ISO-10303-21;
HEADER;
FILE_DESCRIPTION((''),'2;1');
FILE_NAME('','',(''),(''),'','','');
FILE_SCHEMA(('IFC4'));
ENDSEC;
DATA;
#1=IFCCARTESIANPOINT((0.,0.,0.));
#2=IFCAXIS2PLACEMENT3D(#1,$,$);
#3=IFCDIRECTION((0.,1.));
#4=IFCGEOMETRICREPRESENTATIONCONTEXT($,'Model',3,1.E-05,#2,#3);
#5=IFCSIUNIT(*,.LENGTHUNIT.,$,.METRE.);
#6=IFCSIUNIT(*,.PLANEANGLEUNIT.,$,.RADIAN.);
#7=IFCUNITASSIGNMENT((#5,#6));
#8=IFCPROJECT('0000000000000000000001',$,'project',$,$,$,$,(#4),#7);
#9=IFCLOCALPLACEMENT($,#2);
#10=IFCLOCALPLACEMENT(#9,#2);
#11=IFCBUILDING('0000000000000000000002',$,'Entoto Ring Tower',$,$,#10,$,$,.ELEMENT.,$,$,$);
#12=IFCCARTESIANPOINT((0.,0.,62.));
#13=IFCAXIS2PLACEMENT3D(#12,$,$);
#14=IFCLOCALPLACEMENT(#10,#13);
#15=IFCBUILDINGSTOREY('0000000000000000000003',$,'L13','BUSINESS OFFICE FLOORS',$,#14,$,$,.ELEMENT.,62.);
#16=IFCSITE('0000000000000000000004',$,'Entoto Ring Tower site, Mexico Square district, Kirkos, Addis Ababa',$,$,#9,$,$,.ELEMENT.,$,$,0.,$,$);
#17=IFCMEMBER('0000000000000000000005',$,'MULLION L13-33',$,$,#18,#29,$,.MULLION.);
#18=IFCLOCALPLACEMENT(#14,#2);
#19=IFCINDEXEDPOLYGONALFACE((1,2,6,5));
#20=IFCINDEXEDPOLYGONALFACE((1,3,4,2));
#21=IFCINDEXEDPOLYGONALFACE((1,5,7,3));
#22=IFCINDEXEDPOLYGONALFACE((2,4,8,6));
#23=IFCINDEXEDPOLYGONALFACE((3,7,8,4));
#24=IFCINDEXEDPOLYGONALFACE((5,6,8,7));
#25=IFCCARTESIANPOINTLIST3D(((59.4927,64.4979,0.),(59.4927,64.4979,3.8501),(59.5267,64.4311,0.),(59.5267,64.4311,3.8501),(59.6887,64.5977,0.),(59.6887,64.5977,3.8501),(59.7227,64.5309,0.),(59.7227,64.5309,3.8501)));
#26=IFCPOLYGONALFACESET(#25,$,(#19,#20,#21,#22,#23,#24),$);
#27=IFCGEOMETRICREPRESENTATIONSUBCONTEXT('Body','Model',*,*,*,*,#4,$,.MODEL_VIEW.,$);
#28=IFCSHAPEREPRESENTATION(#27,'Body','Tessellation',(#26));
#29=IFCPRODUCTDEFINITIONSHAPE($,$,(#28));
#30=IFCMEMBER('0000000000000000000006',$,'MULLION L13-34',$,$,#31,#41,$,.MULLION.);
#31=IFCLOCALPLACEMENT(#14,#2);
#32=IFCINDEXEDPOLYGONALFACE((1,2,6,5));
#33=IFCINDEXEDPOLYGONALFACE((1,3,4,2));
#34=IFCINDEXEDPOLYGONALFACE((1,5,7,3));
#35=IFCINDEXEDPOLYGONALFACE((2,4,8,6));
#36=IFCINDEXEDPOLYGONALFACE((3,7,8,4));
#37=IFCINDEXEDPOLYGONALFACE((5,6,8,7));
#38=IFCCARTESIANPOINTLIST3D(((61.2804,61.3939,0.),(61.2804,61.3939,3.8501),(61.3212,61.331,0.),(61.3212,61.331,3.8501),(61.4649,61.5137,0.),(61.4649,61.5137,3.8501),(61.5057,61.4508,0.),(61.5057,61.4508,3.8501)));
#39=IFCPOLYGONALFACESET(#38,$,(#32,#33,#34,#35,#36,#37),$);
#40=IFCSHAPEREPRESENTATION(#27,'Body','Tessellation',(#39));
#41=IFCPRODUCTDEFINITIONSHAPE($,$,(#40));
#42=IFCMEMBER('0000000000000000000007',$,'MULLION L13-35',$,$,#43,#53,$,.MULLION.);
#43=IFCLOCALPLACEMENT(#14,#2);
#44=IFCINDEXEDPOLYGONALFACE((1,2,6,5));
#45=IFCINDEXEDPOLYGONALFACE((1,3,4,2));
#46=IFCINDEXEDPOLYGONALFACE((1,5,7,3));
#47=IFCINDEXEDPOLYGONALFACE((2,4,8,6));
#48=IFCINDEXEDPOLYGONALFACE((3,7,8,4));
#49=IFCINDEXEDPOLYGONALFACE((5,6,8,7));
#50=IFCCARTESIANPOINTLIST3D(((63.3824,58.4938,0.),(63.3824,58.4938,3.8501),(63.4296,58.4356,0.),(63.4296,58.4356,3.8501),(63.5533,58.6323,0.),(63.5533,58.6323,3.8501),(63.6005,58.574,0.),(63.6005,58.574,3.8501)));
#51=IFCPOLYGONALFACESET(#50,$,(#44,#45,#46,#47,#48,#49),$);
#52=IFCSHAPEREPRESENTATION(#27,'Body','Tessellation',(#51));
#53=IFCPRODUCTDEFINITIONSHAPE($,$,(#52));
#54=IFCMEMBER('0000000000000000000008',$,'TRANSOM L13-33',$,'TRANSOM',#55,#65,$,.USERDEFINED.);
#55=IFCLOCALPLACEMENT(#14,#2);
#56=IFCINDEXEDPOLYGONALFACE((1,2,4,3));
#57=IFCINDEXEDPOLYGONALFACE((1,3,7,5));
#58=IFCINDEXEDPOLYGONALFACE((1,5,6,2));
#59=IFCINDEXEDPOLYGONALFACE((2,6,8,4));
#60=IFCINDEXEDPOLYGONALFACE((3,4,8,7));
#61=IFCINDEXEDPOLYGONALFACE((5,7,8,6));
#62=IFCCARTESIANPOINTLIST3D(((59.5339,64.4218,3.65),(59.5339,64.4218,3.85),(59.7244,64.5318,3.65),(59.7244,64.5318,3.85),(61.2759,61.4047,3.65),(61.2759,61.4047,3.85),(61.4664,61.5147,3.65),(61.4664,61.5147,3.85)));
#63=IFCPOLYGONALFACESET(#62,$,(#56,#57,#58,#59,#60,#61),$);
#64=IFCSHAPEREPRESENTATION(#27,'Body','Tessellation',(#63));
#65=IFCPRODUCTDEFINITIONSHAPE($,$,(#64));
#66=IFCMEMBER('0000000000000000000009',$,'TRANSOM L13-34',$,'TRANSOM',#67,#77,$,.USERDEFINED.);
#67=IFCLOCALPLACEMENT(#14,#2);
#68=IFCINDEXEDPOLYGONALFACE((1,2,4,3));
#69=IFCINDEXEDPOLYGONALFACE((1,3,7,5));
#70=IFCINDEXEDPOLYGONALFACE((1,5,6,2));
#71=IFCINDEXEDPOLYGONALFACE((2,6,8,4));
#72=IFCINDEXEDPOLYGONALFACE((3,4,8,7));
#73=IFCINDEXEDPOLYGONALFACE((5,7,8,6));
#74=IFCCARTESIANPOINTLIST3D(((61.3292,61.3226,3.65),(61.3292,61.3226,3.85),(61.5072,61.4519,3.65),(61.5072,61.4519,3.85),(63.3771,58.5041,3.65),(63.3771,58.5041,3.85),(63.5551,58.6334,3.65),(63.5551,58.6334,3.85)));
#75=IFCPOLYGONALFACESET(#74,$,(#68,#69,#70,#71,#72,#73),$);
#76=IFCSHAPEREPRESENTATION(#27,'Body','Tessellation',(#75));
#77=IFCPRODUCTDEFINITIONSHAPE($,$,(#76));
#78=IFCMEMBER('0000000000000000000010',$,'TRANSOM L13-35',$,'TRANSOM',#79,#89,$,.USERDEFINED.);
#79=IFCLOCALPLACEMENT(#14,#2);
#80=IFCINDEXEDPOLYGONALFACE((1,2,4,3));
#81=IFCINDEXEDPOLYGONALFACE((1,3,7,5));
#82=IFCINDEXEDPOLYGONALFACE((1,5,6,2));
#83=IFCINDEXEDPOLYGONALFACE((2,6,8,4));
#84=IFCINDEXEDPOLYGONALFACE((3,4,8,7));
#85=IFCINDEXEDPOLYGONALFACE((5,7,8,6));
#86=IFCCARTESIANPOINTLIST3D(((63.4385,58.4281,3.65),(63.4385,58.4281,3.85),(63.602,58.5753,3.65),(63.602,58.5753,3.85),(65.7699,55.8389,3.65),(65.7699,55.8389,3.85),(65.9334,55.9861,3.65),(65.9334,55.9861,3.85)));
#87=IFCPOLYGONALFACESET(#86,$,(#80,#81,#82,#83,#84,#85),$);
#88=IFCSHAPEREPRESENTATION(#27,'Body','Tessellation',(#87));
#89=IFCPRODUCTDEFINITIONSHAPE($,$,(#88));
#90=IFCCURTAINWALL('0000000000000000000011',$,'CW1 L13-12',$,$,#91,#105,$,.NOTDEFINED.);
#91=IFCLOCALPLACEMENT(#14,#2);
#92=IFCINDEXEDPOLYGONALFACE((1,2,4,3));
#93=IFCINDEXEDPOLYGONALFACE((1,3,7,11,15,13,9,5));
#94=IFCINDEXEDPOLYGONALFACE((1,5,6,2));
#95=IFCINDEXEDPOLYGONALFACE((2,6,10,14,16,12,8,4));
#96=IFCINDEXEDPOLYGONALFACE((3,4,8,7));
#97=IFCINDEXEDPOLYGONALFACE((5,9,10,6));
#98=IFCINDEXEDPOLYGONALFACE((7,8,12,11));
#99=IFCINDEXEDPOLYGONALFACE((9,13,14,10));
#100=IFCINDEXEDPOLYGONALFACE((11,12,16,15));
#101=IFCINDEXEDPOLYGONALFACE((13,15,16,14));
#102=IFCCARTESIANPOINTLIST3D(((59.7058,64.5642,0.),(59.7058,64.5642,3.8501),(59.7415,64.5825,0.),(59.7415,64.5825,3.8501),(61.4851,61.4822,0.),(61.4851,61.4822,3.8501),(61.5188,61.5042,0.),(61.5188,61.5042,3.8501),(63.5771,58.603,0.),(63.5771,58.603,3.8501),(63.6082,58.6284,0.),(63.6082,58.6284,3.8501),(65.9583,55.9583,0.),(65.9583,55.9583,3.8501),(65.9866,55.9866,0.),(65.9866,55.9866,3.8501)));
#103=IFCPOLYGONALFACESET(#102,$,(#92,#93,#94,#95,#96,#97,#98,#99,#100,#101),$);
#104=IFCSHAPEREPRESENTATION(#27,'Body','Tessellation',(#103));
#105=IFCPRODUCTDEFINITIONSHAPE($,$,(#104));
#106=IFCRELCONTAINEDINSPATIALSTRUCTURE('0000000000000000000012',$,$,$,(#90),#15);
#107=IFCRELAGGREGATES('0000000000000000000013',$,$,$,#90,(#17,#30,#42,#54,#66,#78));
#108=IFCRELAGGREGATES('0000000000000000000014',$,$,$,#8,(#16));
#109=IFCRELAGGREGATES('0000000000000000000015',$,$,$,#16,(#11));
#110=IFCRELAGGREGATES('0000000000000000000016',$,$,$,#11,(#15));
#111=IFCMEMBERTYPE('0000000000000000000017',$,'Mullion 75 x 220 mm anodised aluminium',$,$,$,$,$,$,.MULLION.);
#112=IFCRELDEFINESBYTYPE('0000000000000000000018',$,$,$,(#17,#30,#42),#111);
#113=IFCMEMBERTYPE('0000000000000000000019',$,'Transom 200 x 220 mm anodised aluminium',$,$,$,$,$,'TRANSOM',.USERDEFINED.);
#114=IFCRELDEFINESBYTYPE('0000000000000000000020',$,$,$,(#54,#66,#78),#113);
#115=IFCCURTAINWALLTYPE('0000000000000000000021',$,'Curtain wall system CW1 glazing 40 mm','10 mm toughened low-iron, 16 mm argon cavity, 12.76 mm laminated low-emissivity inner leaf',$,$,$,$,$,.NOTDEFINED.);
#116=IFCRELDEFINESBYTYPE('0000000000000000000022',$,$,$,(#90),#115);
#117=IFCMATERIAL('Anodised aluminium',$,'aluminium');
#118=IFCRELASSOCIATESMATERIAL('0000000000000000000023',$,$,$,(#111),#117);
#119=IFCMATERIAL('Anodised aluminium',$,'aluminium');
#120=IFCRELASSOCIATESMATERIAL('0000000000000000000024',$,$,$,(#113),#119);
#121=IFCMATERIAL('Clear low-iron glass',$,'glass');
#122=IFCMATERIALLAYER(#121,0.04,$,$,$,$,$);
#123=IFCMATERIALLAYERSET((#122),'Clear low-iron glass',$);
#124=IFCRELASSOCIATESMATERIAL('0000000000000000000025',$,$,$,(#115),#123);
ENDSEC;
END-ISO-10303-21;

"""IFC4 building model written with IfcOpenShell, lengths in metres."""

from ifc_helpers import new_model, si_unit, direction, frame, origin, origin_2d, place, context, subcontext, project, spatial, polyline, rectangle, outline, extrude, material, layer, layer_set, material_profile, profile_set, type_object, element, aggregate, save


model = new_model("IFC4")

# Units and contexts
model_context = context("Model", 3, precision=1e-05, world=origin(), true_north=direction((0.0, 1.0)))
body_context = subcontext(model_context, "Body", "Model", "MODEL_VIEW")
ifc_project = project(units=[si_unit("LENGTHUNIT", "METRE"), si_unit("PLANEANGLEUNIT", "RADIAN")], contexts=[model_context])

# Members
ifc_material_1 = material(Name="Anodised aluminium", Category="aluminium")
ifc_material_profile_1 = material_profile(ifc_material_1, rectangle(XDim=0.075, YDim=0.22, at=origin_2d()), Name="Mullion 75 x 220 mm anodised aluminium")
ifc_profile_set_1 = profile_set([ifc_material_profile_1], Name="Anodised aluminium")
member_type_1 = type_object("IfcMemberType", Name="Mullion 75 x 220 mm anodised aluminium", PredefinedType="MULLION", material=ifc_profile_set_1)
site_placement = place(None, origin())
building_placement = place(site_placement, origin())
storey_placement = place(building_placement, frame((0.0, 0.0, 62.0)))
member_1_placement = place(storey_placement, frame((59.6077, 64.5144, 0.0), z_axis=(0.0, 0.0, 1.0), x_axis=(0.45399, -0.891007, 0.0)))
member_1 = element("IfcMember", 1, at=member_1_placement, type_object=member_type_1, Name="MULLION L13-33", PredefinedType="MULLION", context=body_context, shape_type="SweptSolid", body=[
    extrude(rectangle(XDim=0.075, YDim=0.22, at=origin_2d()), origin(), (0.0, 0.0, 1.0), 3.8501),
])
member_2_placement = place(storey_placement, frame((61.3931, 61.4224, 0.0), z_axis=(0.0, 0.0, 1.0), x_axis=(0.544639, -0.838671, 0.0)))
member_2 = element("IfcMember", 2, at=member_2_placement, type_object=member_type_1, Name="MULLION L13-34", PredefinedType="MULLION", context=body_context, shape_type="SweptSolid", body=[
    extrude(rectangle(XDim=0.075, YDim=0.22, at=origin_2d()), origin(), (0.0, 0.0, 1.0), 3.8501),
])
member_3_placement = place(storey_placement, frame((63.4915, 58.5339, 0.0), z_axis=(0.0, 0.0, 1.0), x_axis=(0.62932, -0.777146, 0.0)))
member_3 = element("IfcMember", 3, at=member_3_placement, type_object=member_type_1, Name="MULLION L13-35", PredefinedType="MULLION", context=body_context, shape_type="SweptSolid", body=[
    extrude(rectangle(XDim=0.075, YDim=0.22, at=origin_2d()), origin(), (0.0, 0.0, 1.0), 3.8501),
])
ifc_material_2 = material(Name="Anodised aluminium", Category="aluminium")
ifc_material_profile_2 = material_profile(ifc_material_2, rectangle(XDim=0.22, YDim=0.2, at=origin_2d()), Name="Transom 200 x 220 mm anodised aluminium")
ifc_profile_set_2 = profile_set([ifc_material_profile_2], Name="Anodised aluminium")
member_type_2 = type_object("IfcMemberType", Name="Transom 200 x 220 mm anodised aluminium", ElementType="TRANSOM", PredefinedType="USERDEFINED", material=ifc_profile_set_2)
member_4_placement = place(storey_placement, frame((59.6292, 64.4768, 3.75), z_axis=(0.500006, -0.866022, 0.0), x_axis=(0.866022, 0.500006, 0.0)))
member_4 = element("IfcMember", 4, at=member_4_placement, type_object=member_type_2, Name="TRANSOM L13-33", ObjectType="TRANSOM", PredefinedType="USERDEFINED", context=body_context, shape_type="SweptSolid", body=[
    extrude(rectangle(XDim=0.22, YDim=0.2, at=origin_2d()), origin(), (0.0, 0.0, 1.0), 3.4839),
])
member_5_placement = place(storey_placement, frame((61.4182, 61.3872, 3.75), z_axis=(0.587822, -0.808991, 0.0), x_axis=(0.808991, 0.587822, 0.0)))
member_5 = element("IfcMember", 5, at=member_5_placement, type_object=member_type_2, Name="TRANSOM L13-34", ObjectType="TRANSOM", PredefinedType="USERDEFINED", context=body_context, shape_type="SweptSolid", body=[
    extrude(rectangle(XDim=0.22, YDim=0.2, at=origin_2d()), origin(), (0.0, 0.0, 1.0), 3.4839),
])
member_6_placement = place(storey_placement, frame((63.5203, 58.5017, 3.75), z_axis=(0.669139, -0.743137, 0.0), x_axis=(0.743137, 0.669139, 0.0)))
member_6 = element("IfcMember", 6, at=member_6_placement, type_object=member_type_2, Name="TRANSOM L13-35", ObjectType="TRANSOM", PredefinedType="USERDEFINED", context=body_context, shape_type="SweptSolid", body=[
    extrude(rectangle(XDim=0.22, YDim=0.2, at=origin_2d()), origin(), (0.0, 0.0, 1.0), 3.4841),
])

# Site, building, storey
site = spatial("IfcSite", under=ifc_project, at=site_placement, Name="Entoto Ring Tower site, Mexico Square district, Kirkos, Addis Ababa", CompositionType="ELEMENT", RefElevation=0.0)
building = spatial("IfcBuilding", under=site, at=building_placement, Name="Entoto Ring Tower", CompositionType="ELEMENT")
storey = spatial("IfcBuildingStorey", under=building, at=storey_placement, Name="L13", Description="BUSINESS OFFICE FLOORS", CompositionType="ELEMENT", Elevation=62.0)

# Curtain wall
ifc_material_3 = material(Name="Clear low-iron glass", Category="glass")
ifc_layer = layer(ifc_material_3, 0.04)
ifc_layer_set = layer_set([ifc_layer], Name="Clear low-iron glass")
curtain_wall_type = type_object("IfcCurtainWallType", Name="Curtain wall system CW1 glazing 40 mm", Description="10 mm toughened low-iron, 16 mm argon cavity, 12.76 mm laminated low-emissivity inner leaf", PredefinedType="NOTDEFINED", material=ifc_layer_set)
curtain_wall_1_placement = place(storey_placement, origin())
curtain_wall_1 = element("IfcCurtainWall", 7, at=curtain_wall_1_placement, inside=storey, type_object=curtain_wall_type, Name="CW1 L13-12", PredefinedType="NOTDEFINED", context=body_context, shape_type="SweptSolid", body=[
    extrude(outline(polyline([(59.7058, 64.5642), (61.4851, 61.4822), (63.5771, 58.603), (65.9583, 55.9583), (65.9866, 55.9866), (63.6082, 58.6284), (61.5188, 61.5042), (59.7415, 64.5825), (59.7058, 64.5642)])), origin(), (0.0, 0.0, 1.0), 3.8501),
])
aggregate(curtain_wall_1, [member_1, member_2, member_3, member_4, member_5, member_6])

save(model, "model.ifc")
